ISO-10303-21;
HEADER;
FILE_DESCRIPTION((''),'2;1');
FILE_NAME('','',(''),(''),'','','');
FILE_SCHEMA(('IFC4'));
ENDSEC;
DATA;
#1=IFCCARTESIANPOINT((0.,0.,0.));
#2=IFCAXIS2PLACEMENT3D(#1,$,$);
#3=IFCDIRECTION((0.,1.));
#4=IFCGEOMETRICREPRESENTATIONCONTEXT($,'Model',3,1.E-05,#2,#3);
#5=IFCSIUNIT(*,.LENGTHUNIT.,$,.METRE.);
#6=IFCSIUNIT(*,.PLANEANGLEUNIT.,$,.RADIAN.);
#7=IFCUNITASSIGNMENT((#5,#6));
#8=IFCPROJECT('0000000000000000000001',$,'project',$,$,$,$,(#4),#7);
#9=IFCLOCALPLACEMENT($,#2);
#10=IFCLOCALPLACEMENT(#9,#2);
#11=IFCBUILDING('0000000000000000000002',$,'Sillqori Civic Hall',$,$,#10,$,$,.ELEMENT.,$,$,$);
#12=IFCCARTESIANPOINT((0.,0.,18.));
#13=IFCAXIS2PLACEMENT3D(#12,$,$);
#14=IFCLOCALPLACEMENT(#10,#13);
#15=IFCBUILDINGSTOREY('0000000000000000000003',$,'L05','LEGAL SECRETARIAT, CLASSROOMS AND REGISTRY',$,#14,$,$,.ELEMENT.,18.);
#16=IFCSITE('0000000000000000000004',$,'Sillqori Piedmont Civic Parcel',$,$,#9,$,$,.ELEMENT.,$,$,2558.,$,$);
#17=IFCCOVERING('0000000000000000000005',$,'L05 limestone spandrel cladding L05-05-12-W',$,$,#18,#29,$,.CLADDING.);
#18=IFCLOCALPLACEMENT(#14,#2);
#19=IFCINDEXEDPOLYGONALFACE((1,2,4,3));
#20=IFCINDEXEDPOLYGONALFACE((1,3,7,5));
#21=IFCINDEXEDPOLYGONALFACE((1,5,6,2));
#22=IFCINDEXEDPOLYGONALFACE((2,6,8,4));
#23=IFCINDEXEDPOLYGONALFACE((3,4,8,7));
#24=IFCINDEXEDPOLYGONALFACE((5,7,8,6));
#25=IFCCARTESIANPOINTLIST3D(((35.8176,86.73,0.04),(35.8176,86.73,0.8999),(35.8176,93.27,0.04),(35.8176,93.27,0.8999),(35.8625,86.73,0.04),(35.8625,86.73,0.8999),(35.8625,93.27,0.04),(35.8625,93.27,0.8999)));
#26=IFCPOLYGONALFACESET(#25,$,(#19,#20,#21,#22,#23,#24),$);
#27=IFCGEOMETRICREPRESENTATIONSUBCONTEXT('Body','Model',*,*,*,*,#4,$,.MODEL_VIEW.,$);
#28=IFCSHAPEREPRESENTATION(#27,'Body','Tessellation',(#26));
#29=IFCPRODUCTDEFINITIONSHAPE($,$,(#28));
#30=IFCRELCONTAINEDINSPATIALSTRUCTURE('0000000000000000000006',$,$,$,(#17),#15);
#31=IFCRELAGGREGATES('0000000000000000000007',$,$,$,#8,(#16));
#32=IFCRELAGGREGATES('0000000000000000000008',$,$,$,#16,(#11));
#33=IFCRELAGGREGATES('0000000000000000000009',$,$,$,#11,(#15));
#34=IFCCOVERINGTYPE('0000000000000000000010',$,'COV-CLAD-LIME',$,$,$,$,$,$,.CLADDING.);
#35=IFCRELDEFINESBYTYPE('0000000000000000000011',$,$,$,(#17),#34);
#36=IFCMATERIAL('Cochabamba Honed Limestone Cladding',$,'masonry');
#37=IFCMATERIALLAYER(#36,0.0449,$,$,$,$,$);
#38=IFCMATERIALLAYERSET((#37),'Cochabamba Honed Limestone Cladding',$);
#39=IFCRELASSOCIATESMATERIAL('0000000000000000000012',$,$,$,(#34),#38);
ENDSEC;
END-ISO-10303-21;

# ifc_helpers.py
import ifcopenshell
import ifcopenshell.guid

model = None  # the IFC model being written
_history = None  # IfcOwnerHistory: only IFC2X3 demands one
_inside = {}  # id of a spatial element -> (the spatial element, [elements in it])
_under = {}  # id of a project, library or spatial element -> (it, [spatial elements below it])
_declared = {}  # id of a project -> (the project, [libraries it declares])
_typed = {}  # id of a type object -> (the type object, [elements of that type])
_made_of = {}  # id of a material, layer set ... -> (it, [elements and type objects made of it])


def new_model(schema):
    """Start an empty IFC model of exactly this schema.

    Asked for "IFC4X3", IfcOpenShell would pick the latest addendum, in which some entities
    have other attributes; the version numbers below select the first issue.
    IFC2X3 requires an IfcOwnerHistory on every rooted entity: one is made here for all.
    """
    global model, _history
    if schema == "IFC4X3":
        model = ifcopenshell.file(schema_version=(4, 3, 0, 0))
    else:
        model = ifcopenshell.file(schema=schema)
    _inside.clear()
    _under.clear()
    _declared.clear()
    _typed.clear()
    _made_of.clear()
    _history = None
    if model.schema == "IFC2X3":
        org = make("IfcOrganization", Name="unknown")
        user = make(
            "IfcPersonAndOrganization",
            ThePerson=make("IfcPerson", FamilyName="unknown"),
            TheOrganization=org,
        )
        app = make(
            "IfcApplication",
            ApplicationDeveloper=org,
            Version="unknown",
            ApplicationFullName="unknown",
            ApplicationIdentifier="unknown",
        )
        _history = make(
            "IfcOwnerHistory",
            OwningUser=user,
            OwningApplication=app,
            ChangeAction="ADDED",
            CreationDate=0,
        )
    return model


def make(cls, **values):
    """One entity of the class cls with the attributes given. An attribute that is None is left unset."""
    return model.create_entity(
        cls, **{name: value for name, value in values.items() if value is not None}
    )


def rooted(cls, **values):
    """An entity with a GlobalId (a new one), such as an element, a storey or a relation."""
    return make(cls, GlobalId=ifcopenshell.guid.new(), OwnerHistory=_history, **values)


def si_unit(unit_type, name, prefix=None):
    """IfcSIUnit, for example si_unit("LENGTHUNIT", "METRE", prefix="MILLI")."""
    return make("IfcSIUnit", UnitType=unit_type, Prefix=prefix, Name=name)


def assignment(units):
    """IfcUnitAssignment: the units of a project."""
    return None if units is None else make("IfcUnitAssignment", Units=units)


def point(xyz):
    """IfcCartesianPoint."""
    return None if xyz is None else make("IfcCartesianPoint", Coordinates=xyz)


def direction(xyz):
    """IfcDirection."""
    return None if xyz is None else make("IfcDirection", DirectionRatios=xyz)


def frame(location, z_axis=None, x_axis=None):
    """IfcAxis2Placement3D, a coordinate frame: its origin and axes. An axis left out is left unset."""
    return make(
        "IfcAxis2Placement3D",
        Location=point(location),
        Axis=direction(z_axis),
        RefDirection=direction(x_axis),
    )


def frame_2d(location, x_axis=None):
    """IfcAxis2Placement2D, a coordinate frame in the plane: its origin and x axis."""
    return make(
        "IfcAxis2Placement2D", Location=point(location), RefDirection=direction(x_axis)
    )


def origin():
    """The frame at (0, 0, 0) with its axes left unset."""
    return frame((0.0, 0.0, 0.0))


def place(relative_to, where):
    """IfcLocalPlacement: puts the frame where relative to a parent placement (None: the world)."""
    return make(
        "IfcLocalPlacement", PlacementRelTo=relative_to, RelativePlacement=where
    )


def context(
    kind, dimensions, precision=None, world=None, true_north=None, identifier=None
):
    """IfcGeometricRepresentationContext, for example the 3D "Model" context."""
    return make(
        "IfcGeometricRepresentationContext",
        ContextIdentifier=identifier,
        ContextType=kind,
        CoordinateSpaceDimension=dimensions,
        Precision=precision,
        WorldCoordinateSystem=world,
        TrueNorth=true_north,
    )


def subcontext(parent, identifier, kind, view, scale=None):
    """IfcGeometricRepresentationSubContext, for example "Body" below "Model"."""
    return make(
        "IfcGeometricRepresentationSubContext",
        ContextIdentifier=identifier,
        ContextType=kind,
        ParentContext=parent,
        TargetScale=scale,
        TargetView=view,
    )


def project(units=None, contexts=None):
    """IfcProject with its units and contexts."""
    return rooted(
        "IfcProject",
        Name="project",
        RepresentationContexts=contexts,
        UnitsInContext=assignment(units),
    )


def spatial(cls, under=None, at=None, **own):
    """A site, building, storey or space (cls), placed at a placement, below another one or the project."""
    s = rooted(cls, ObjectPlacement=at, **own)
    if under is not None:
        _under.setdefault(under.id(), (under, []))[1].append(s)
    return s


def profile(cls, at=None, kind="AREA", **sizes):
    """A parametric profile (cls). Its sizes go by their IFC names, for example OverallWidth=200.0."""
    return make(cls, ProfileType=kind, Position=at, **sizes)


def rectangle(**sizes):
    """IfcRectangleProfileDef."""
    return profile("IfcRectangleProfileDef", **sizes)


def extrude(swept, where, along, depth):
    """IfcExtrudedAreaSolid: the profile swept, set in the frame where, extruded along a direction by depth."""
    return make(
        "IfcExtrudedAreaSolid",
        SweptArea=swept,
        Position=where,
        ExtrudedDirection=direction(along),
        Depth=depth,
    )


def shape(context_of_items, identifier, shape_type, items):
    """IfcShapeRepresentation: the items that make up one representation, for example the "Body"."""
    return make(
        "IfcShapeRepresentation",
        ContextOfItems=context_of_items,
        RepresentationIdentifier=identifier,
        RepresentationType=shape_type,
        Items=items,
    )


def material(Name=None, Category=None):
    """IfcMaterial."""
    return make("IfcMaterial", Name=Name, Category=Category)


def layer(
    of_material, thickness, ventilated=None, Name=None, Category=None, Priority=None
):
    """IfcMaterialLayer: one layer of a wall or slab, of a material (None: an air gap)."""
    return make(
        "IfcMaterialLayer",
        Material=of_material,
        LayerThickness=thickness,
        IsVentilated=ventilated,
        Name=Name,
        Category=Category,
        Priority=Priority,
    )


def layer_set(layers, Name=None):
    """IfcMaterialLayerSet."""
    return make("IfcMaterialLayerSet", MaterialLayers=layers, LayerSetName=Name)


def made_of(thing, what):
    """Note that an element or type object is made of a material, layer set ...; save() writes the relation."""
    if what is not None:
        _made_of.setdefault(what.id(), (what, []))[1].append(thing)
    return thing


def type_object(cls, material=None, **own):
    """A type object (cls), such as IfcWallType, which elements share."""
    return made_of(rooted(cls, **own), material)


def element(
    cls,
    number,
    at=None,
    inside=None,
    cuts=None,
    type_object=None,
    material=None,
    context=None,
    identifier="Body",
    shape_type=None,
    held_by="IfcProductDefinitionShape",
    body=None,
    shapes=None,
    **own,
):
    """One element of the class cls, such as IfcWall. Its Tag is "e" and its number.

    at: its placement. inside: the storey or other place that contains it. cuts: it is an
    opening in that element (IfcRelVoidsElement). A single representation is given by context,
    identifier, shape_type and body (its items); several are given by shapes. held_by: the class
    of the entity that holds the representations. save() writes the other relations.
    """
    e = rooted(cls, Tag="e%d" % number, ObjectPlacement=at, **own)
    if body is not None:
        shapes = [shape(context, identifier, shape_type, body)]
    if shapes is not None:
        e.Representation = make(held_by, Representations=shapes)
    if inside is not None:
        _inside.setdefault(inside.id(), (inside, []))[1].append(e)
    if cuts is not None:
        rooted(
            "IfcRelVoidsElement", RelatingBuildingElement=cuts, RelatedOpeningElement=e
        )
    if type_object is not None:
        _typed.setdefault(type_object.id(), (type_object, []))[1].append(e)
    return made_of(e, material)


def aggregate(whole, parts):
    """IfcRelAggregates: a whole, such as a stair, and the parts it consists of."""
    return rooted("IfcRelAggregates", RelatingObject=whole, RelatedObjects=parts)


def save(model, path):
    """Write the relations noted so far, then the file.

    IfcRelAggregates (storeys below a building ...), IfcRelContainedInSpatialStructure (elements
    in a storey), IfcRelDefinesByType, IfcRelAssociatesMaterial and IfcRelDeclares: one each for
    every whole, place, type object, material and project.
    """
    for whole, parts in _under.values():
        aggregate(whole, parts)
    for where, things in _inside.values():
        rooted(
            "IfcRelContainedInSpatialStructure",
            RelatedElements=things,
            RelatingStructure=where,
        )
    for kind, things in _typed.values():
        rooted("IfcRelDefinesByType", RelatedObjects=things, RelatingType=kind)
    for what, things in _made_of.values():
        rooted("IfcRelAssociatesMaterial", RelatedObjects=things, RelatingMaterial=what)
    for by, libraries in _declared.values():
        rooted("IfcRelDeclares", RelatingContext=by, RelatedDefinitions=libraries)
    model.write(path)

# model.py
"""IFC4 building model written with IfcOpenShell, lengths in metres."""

from ifc_helpers import new_model, si_unit, direction, frame, frame_2d, origin, place, context, subcontext, project, spatial, rectangle, extrude, material, layer, layer_set, type_object, element, save


model = new_model("IFC4")

# Units and contexts
model_context = context("Model", 3, precision=1e-05, world=origin(), true_north=direction((0.0, 1.0)))
body_context = subcontext(model_context, "Body", "Model", "MODEL_VIEW")
ifc_project = project(units=[si_unit("LENGTHUNIT", "METRE"), si_unit("PLANEANGLEUNIT", "RADIAN")], contexts=[model_context])

# Site, building, storey
site_placement = place(None, origin())
site = spatial("IfcSite", under=ifc_project, at=site_placement, Name="Sillqori Piedmont Civic Parcel", CompositionType="ELEMENT", RefElevation=2558.0)
building_placement = place(site_placement, origin())
building = spatial("IfcBuilding", under=site, at=building_placement, Name="Sillqori Civic Hall", CompositionType="ELEMENT")
storey_placement = place(building_placement, frame((0.0, 0.0, 18.0)))
storey = spatial("IfcBuildingStorey", under=building, at=storey_placement, Name="L05", Description="LEGAL SECRETARIAT, CLASSROOMS AND REGISTRY", CompositionType="ELEMENT", Elevation=18.0)

# Covering
ifc_material_1 = material(Name="Cochabamba Honed Limestone Cladding", Category="masonry")
ifc_layer_1 = layer(ifc_material_1, 0.0449)
ifc_layer_set_1 = layer_set([ifc_layer_1], Name="Cochabamba Honed Limestone Cladding")
covering_type = type_object("IfcCoveringType", Name="COV-CLAD-LIME", PredefinedType="CLADDING", material=ifc_layer_set_1)
covering_1_placement = place(storey_placement, frame((35.8401, 86.73, 0.04), z_axis=(0.0, 0.0, 1.0), x_axis=(0.0, 1.0, 0.0)))
element("IfcCovering", 1, at=covering_1_placement, inside=storey, type_object=covering_type, Name="L05 limestone spandrel cladding L05-05-12-W", PredefinedType="CLADDING", context=body_context, shape_type="SweptSolid", body=[
    extrude(rectangle(XDim=6.54, YDim=0.0449, at=frame_2d((3.27, 0.0))), origin(), (0.0, 0.0, 1.0), 0.8599),
])

save(model, "model.ifc")
